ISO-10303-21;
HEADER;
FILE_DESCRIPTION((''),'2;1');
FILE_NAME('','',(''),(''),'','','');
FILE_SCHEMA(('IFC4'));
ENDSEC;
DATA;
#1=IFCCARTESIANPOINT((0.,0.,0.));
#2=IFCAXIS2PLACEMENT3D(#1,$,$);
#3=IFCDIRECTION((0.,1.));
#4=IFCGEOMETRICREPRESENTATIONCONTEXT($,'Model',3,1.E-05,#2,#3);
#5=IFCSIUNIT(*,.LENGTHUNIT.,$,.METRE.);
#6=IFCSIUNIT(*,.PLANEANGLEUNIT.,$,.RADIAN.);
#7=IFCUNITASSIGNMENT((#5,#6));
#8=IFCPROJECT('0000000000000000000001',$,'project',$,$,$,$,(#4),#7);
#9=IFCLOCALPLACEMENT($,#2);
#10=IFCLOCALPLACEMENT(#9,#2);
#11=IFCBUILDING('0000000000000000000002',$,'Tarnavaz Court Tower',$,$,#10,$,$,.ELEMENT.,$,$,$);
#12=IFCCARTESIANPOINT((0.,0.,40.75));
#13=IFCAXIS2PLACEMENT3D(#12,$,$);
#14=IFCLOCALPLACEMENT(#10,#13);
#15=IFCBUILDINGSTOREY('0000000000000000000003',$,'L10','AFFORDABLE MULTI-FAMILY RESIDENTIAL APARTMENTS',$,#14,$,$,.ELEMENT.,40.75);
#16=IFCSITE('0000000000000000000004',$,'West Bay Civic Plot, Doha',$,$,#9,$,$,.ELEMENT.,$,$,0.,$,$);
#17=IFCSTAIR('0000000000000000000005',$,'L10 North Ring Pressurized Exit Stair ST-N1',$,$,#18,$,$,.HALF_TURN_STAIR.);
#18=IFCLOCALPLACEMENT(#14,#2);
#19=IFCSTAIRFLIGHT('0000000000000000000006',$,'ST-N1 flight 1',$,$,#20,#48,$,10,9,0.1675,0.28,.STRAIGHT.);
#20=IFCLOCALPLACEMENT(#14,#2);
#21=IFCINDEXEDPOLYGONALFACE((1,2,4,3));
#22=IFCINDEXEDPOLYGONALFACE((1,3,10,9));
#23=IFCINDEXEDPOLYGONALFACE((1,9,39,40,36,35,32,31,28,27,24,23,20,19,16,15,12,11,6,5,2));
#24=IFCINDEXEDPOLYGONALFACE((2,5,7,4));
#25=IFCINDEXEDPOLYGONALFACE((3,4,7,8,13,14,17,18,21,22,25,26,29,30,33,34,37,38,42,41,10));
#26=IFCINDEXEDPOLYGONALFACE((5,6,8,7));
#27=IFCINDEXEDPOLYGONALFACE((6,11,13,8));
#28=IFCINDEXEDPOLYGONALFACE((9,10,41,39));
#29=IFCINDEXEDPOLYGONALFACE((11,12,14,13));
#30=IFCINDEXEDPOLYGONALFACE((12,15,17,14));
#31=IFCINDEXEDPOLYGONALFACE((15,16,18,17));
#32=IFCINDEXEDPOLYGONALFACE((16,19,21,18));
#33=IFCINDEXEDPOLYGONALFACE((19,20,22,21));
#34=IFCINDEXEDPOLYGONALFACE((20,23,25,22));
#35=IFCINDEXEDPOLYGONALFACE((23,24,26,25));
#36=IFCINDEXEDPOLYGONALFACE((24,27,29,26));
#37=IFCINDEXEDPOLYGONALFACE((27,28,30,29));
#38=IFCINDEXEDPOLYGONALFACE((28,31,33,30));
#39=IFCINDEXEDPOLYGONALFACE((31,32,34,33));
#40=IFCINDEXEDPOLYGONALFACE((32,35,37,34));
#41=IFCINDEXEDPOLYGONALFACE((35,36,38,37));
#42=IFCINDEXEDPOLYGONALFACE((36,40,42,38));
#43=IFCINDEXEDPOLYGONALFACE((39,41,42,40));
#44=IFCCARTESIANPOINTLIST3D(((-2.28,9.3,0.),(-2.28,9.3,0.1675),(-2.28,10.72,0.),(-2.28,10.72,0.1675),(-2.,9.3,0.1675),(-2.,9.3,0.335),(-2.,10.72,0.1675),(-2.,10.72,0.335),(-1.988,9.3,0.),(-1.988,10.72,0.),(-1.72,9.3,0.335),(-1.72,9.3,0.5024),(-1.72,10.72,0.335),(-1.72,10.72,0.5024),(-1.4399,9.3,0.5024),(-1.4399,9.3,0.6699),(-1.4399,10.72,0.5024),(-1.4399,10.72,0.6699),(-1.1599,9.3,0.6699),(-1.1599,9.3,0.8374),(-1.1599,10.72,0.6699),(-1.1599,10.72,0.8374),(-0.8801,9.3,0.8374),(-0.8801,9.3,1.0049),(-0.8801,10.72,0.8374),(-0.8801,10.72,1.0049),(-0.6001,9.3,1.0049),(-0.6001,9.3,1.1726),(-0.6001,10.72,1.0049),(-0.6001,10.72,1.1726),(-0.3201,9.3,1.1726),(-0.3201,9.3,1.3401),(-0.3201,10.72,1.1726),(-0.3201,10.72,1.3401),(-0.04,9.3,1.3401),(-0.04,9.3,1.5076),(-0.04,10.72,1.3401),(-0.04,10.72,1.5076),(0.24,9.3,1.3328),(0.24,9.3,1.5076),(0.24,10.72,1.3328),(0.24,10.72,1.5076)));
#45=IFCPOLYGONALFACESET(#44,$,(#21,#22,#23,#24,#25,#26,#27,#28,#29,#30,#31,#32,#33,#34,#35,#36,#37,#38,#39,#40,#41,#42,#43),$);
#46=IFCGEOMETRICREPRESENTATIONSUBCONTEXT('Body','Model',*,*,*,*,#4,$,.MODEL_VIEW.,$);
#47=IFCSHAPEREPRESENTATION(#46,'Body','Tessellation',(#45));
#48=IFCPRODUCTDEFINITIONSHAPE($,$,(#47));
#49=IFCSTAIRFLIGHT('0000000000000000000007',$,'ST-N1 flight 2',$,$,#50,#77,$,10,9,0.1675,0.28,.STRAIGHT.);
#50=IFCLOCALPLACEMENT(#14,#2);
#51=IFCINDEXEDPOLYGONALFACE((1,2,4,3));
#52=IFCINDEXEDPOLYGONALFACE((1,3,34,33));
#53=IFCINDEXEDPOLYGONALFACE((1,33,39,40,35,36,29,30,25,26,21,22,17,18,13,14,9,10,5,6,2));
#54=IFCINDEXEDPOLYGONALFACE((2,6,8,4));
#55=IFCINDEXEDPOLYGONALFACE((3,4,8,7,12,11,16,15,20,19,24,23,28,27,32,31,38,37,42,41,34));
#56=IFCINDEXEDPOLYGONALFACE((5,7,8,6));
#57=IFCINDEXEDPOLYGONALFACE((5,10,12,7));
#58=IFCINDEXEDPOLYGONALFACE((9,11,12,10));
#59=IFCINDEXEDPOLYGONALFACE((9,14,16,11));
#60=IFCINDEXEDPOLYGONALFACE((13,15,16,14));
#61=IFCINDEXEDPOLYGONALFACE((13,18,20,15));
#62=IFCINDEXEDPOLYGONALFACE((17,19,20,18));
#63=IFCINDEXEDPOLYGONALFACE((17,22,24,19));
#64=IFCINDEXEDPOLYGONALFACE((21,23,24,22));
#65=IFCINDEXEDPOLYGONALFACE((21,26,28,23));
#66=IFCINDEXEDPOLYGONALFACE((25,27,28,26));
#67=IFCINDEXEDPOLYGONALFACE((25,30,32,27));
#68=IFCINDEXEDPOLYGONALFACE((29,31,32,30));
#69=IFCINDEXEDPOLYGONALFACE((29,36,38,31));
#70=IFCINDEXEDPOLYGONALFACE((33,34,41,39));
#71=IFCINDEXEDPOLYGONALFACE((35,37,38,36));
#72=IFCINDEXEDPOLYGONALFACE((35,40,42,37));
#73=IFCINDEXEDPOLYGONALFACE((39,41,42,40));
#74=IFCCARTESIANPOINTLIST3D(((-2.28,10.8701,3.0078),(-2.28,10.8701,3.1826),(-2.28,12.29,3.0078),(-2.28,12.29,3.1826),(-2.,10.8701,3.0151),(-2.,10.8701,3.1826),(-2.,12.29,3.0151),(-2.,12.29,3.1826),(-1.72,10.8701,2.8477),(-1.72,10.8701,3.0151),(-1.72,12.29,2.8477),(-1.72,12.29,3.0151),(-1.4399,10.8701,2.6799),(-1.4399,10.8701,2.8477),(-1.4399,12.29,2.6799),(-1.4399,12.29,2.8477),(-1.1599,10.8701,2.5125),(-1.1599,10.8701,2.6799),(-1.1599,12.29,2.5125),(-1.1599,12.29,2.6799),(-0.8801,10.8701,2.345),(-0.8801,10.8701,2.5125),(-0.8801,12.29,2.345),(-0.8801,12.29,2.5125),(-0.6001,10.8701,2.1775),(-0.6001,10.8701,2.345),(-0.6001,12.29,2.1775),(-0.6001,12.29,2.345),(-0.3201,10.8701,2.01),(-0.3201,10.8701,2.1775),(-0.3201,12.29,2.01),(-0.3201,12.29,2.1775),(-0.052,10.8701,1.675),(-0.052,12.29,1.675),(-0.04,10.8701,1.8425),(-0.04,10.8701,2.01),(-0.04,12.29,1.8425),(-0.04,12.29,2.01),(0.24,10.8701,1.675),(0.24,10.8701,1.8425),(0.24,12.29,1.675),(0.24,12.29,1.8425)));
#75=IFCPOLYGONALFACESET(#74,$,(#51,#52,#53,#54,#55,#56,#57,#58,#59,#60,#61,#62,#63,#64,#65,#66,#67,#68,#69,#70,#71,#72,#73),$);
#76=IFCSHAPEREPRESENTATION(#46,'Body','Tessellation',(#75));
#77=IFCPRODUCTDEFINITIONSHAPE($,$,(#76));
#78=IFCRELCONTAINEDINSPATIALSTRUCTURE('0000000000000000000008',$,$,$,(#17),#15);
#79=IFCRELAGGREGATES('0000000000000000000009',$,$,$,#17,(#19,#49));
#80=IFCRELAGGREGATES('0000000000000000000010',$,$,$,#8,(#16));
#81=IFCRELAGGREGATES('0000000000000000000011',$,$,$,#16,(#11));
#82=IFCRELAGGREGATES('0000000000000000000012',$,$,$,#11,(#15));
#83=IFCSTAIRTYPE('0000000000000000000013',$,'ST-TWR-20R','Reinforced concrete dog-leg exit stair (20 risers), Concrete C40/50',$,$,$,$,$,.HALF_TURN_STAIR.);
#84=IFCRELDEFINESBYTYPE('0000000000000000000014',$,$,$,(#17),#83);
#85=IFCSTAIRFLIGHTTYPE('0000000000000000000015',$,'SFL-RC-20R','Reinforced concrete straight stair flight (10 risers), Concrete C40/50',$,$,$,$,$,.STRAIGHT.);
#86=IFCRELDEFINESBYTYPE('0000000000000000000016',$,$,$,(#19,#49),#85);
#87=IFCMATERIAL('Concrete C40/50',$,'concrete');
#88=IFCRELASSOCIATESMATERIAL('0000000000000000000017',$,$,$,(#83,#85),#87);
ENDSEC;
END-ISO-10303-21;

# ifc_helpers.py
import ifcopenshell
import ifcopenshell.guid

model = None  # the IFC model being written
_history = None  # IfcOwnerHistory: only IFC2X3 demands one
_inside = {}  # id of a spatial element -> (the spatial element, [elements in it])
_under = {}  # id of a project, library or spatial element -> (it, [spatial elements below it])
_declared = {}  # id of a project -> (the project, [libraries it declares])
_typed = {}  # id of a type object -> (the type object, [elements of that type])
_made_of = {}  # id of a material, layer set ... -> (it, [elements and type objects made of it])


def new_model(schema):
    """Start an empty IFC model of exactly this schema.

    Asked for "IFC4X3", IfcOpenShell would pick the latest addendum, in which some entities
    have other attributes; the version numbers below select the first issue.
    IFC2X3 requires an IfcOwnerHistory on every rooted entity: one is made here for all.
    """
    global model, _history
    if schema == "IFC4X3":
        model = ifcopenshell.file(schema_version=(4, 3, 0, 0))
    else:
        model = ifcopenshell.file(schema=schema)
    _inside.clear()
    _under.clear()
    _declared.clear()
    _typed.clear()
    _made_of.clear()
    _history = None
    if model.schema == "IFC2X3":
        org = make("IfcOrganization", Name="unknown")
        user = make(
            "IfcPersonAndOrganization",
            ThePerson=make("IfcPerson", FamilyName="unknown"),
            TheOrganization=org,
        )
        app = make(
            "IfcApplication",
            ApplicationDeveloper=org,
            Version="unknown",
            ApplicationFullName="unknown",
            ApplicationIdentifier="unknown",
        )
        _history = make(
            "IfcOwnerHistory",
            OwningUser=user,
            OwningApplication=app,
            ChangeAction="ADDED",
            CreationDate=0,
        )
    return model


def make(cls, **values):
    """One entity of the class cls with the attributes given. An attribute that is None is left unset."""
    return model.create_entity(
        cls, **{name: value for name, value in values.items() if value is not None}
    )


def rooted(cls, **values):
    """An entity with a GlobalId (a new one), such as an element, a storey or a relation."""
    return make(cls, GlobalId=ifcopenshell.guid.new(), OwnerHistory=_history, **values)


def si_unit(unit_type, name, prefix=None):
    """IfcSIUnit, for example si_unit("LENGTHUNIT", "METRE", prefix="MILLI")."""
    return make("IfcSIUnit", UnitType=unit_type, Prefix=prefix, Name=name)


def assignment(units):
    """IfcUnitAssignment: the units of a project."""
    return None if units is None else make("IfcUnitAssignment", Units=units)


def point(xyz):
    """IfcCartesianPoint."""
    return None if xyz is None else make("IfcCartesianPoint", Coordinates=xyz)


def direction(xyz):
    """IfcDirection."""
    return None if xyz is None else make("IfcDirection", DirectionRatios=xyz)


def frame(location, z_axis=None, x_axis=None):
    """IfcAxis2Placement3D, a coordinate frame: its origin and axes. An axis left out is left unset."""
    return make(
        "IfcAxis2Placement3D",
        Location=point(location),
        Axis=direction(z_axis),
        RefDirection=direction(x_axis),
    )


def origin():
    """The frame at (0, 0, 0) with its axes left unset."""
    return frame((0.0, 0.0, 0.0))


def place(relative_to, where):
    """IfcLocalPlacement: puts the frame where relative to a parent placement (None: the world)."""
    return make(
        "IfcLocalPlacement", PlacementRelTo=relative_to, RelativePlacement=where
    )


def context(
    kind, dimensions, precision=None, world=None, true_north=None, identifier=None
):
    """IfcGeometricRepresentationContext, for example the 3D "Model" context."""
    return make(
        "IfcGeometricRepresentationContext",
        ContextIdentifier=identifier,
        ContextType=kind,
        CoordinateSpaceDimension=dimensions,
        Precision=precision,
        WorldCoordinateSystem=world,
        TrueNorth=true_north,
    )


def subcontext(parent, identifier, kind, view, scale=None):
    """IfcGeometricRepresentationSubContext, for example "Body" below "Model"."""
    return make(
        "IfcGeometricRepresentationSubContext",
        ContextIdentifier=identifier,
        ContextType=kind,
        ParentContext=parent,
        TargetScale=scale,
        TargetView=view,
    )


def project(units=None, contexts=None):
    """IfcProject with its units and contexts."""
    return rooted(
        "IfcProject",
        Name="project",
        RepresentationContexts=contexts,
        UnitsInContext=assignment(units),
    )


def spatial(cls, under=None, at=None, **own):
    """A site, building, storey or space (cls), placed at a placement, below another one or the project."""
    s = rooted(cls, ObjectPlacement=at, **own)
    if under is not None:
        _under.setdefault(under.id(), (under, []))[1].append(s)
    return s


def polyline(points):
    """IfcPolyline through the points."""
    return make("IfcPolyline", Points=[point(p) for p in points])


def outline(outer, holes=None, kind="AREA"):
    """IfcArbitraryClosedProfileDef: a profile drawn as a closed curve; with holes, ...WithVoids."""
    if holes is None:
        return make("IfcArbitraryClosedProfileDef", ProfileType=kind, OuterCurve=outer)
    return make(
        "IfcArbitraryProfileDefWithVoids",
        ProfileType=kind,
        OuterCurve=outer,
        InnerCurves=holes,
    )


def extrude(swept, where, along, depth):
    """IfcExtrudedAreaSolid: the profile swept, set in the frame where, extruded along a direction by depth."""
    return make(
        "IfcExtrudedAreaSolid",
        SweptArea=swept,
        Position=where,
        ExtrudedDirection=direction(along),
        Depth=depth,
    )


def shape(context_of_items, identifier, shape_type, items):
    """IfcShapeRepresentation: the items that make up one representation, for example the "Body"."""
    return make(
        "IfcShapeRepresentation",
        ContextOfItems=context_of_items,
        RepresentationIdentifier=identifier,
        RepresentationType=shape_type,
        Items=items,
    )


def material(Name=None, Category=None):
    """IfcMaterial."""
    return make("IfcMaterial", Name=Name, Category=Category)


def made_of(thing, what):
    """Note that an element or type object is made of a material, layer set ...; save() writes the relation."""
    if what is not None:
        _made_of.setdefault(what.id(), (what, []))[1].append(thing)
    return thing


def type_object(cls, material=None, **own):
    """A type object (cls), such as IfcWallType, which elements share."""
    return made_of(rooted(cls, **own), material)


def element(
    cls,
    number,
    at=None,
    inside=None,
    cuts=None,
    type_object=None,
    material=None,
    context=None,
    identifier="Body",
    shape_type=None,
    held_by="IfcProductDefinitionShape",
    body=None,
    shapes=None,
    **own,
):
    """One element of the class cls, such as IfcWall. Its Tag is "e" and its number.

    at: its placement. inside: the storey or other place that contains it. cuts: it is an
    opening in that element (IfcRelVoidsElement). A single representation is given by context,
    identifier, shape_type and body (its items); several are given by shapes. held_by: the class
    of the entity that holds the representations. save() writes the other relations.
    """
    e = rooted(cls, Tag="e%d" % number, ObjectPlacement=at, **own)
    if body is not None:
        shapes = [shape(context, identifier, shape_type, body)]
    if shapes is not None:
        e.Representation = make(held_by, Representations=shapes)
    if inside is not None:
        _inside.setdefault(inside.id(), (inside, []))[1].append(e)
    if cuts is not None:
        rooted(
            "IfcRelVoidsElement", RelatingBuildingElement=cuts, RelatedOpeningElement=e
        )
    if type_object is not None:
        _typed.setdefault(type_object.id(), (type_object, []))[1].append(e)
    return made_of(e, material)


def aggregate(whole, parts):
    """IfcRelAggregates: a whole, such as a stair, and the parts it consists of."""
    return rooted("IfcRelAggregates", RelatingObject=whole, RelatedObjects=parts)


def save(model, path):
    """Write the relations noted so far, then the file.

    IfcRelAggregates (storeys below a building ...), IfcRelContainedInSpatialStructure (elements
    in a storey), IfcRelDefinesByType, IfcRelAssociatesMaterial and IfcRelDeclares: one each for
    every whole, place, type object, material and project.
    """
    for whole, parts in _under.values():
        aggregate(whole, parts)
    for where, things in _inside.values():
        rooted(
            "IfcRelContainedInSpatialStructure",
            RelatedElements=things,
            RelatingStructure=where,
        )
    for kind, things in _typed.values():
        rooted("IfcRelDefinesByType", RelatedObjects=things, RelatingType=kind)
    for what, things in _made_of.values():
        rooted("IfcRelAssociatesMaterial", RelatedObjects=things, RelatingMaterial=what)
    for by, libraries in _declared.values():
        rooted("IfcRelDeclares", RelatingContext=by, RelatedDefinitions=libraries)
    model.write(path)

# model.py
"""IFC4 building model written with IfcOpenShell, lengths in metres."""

from ifc_helpers import new_model, si_unit, direction, frame, origin, place, context, subcontext, project, spatial, polyline, outline, extrude, material, type_object, element, aggregate, save


model = new_model("IFC4")

# Units and contexts
model_context = context("Model", 3, precision=1e-05, world=origin(), true_north=direction((0.0, 1.0)))
body_context = subcontext(model_context, "Body", "Model", "MODEL_VIEW")
ifc_project = project(units=[si_unit("LENGTHUNIT", "METRE"), si_unit("PLANEANGLEUNIT", "RADIAN")], contexts=[model_context])

# Site, building, storey
site_placement = place(None, origin())
site = spatial("IfcSite", under=ifc_project, at=site_placement, Name="West Bay Civic Plot, Doha", CompositionType="ELEMENT", RefElevation=0.0)
building_placement = place(site_placement, origin())
building = spatial("IfcBuilding", under=site, at=building_placement, Name="Tarnavaz Court Tower", CompositionType="ELEMENT")
storey_placement = place(building_placement, frame((0.0, 0.0, 40.75)))
storey = spatial("IfcBuildingStorey", under=building, at=storey_placement, Name="L10", Description="AFFORDABLE MULTI-FAMILY RESIDENTIAL APARTMENTS", CompositionType="ELEMENT", Elevation=40.75)

# Stair
ifc_material_1 = material(Name="Concrete C40/50", Category="concrete")
stair_type = type_object("IfcStairType", Name="ST-TWR-20R", Description="Reinforced concrete dog-leg exit stair (20 risers), Concrete C40/50", PredefinedType="HALF_TURN_STAIR", material=ifc_material_1)
stair_1_placement = place(storey_placement, origin())
stair_1 = element("IfcStair", 1, at=stair_1_placement, inside=storey, type_object=stair_type, Name="L10 North Ring Pressurized Exit Stair ST-N1", PredefinedType="HALF_TURN_STAIR")

# Stair flights
stair_flight_type = type_object("IfcStairFlightType", Name="SFL-RC-20R", Description="Reinforced concrete straight stair flight (10 risers), Concrete C40/50", PredefinedType="STRAIGHT", material=ifc_material_1)
stair_flight_1_placement = place(storey_placement, frame((-2.28, 10.01, 0.0), z_axis=(0.0, 0.0, 1.0), x_axis=(1.0, 0.0, 0.0)))
stair_flight_1 = element("IfcStairFlight", 2, at=stair_flight_1_placement, type_object=stair_flight_type, Name="ST-N1 flight 1", NumberOfRisers=10, NumberOfTreads=9, PredefinedType="STRAIGHT", RiserHeight=0.1675, TreadLength=0.28, context=body_context, shape_type="SweptSolid", body=[
    extrude(outline(polyline([(0.0, 0.0), (0.0, 0.1675), (0.28, 0.1675), (0.28, 0.335), (0.5601, 0.335), (0.5601, 0.5024), (0.8401, 0.5024), (0.8401, 0.6699), (1.1201, 0.6699), (1.1201, 0.8374), (1.3999, 0.8374), (1.3999, 1.0049), (1.6799, 1.0049), (1.6799, 1.1726), (1.96, 1.1726), (1.96, 1.3401), (2.24, 1.3401), (2.24, 1.5076), (2.52, 1.5076), (2.52, 1.675), (2.52, 1.3328), (0.292, 0.0), (0.0, 0.0)])), frame((0.0, 0.71, 0.0), z_axis=(0.0, -1.0, 0.0), x_axis=(1.0, 0.0, 0.0)), (0.0, 0.0, 1.0), 1.4199),
])
stair_flight_2_placement = place(storey_placement, frame((0.24, 11.5801, 1.675), z_axis=(0.0, 0.0, 1.0), x_axis=(-1.0, 0.0, 0.0)))
stair_flight_2 = element("IfcStairFlight", 3, at=stair_flight_2_placement, type_object=stair_flight_type, Name="ST-N1 flight 2", NumberOfRisers=10, NumberOfTreads=9, PredefinedType="STRAIGHT", RiserHeight=0.1675, TreadLength=0.28, context=body_context, shape_type="SweptSolid", body=[
    extrude(outline(polyline([(0.0, 0.0), (0.0, 0.1675), (0.28, 0.1675), (0.28, 0.335), (0.5601, 0.335), (0.5601, 0.5024), (0.8401, 0.5024), (0.8401, 0.6699), (1.1201, 0.6699), (1.1201, 0.8374), (1.3999, 0.8374), (1.3999, 1.0049), (1.6799, 1.0049), (1.6799, 1.1726), (1.96, 1.1726), (1.96, 1.3401), (2.24, 1.3401), (2.24, 1.5076), (2.52, 1.5076), (2.52, 1.675), (2.52, 1.3328), (0.292, 0.0), (0.0, 0.0)])), frame((0.0, 0.71, 0.0), z_axis=(0.0, -1.0, 0.0), x_axis=(1.0, 0.0, 0.0)), (0.0, 0.0, 1.0), 1.4199),
])
aggregate(stair_1, [stair_flight_1, stair_flight_2])

save(model, "model.ifc")
